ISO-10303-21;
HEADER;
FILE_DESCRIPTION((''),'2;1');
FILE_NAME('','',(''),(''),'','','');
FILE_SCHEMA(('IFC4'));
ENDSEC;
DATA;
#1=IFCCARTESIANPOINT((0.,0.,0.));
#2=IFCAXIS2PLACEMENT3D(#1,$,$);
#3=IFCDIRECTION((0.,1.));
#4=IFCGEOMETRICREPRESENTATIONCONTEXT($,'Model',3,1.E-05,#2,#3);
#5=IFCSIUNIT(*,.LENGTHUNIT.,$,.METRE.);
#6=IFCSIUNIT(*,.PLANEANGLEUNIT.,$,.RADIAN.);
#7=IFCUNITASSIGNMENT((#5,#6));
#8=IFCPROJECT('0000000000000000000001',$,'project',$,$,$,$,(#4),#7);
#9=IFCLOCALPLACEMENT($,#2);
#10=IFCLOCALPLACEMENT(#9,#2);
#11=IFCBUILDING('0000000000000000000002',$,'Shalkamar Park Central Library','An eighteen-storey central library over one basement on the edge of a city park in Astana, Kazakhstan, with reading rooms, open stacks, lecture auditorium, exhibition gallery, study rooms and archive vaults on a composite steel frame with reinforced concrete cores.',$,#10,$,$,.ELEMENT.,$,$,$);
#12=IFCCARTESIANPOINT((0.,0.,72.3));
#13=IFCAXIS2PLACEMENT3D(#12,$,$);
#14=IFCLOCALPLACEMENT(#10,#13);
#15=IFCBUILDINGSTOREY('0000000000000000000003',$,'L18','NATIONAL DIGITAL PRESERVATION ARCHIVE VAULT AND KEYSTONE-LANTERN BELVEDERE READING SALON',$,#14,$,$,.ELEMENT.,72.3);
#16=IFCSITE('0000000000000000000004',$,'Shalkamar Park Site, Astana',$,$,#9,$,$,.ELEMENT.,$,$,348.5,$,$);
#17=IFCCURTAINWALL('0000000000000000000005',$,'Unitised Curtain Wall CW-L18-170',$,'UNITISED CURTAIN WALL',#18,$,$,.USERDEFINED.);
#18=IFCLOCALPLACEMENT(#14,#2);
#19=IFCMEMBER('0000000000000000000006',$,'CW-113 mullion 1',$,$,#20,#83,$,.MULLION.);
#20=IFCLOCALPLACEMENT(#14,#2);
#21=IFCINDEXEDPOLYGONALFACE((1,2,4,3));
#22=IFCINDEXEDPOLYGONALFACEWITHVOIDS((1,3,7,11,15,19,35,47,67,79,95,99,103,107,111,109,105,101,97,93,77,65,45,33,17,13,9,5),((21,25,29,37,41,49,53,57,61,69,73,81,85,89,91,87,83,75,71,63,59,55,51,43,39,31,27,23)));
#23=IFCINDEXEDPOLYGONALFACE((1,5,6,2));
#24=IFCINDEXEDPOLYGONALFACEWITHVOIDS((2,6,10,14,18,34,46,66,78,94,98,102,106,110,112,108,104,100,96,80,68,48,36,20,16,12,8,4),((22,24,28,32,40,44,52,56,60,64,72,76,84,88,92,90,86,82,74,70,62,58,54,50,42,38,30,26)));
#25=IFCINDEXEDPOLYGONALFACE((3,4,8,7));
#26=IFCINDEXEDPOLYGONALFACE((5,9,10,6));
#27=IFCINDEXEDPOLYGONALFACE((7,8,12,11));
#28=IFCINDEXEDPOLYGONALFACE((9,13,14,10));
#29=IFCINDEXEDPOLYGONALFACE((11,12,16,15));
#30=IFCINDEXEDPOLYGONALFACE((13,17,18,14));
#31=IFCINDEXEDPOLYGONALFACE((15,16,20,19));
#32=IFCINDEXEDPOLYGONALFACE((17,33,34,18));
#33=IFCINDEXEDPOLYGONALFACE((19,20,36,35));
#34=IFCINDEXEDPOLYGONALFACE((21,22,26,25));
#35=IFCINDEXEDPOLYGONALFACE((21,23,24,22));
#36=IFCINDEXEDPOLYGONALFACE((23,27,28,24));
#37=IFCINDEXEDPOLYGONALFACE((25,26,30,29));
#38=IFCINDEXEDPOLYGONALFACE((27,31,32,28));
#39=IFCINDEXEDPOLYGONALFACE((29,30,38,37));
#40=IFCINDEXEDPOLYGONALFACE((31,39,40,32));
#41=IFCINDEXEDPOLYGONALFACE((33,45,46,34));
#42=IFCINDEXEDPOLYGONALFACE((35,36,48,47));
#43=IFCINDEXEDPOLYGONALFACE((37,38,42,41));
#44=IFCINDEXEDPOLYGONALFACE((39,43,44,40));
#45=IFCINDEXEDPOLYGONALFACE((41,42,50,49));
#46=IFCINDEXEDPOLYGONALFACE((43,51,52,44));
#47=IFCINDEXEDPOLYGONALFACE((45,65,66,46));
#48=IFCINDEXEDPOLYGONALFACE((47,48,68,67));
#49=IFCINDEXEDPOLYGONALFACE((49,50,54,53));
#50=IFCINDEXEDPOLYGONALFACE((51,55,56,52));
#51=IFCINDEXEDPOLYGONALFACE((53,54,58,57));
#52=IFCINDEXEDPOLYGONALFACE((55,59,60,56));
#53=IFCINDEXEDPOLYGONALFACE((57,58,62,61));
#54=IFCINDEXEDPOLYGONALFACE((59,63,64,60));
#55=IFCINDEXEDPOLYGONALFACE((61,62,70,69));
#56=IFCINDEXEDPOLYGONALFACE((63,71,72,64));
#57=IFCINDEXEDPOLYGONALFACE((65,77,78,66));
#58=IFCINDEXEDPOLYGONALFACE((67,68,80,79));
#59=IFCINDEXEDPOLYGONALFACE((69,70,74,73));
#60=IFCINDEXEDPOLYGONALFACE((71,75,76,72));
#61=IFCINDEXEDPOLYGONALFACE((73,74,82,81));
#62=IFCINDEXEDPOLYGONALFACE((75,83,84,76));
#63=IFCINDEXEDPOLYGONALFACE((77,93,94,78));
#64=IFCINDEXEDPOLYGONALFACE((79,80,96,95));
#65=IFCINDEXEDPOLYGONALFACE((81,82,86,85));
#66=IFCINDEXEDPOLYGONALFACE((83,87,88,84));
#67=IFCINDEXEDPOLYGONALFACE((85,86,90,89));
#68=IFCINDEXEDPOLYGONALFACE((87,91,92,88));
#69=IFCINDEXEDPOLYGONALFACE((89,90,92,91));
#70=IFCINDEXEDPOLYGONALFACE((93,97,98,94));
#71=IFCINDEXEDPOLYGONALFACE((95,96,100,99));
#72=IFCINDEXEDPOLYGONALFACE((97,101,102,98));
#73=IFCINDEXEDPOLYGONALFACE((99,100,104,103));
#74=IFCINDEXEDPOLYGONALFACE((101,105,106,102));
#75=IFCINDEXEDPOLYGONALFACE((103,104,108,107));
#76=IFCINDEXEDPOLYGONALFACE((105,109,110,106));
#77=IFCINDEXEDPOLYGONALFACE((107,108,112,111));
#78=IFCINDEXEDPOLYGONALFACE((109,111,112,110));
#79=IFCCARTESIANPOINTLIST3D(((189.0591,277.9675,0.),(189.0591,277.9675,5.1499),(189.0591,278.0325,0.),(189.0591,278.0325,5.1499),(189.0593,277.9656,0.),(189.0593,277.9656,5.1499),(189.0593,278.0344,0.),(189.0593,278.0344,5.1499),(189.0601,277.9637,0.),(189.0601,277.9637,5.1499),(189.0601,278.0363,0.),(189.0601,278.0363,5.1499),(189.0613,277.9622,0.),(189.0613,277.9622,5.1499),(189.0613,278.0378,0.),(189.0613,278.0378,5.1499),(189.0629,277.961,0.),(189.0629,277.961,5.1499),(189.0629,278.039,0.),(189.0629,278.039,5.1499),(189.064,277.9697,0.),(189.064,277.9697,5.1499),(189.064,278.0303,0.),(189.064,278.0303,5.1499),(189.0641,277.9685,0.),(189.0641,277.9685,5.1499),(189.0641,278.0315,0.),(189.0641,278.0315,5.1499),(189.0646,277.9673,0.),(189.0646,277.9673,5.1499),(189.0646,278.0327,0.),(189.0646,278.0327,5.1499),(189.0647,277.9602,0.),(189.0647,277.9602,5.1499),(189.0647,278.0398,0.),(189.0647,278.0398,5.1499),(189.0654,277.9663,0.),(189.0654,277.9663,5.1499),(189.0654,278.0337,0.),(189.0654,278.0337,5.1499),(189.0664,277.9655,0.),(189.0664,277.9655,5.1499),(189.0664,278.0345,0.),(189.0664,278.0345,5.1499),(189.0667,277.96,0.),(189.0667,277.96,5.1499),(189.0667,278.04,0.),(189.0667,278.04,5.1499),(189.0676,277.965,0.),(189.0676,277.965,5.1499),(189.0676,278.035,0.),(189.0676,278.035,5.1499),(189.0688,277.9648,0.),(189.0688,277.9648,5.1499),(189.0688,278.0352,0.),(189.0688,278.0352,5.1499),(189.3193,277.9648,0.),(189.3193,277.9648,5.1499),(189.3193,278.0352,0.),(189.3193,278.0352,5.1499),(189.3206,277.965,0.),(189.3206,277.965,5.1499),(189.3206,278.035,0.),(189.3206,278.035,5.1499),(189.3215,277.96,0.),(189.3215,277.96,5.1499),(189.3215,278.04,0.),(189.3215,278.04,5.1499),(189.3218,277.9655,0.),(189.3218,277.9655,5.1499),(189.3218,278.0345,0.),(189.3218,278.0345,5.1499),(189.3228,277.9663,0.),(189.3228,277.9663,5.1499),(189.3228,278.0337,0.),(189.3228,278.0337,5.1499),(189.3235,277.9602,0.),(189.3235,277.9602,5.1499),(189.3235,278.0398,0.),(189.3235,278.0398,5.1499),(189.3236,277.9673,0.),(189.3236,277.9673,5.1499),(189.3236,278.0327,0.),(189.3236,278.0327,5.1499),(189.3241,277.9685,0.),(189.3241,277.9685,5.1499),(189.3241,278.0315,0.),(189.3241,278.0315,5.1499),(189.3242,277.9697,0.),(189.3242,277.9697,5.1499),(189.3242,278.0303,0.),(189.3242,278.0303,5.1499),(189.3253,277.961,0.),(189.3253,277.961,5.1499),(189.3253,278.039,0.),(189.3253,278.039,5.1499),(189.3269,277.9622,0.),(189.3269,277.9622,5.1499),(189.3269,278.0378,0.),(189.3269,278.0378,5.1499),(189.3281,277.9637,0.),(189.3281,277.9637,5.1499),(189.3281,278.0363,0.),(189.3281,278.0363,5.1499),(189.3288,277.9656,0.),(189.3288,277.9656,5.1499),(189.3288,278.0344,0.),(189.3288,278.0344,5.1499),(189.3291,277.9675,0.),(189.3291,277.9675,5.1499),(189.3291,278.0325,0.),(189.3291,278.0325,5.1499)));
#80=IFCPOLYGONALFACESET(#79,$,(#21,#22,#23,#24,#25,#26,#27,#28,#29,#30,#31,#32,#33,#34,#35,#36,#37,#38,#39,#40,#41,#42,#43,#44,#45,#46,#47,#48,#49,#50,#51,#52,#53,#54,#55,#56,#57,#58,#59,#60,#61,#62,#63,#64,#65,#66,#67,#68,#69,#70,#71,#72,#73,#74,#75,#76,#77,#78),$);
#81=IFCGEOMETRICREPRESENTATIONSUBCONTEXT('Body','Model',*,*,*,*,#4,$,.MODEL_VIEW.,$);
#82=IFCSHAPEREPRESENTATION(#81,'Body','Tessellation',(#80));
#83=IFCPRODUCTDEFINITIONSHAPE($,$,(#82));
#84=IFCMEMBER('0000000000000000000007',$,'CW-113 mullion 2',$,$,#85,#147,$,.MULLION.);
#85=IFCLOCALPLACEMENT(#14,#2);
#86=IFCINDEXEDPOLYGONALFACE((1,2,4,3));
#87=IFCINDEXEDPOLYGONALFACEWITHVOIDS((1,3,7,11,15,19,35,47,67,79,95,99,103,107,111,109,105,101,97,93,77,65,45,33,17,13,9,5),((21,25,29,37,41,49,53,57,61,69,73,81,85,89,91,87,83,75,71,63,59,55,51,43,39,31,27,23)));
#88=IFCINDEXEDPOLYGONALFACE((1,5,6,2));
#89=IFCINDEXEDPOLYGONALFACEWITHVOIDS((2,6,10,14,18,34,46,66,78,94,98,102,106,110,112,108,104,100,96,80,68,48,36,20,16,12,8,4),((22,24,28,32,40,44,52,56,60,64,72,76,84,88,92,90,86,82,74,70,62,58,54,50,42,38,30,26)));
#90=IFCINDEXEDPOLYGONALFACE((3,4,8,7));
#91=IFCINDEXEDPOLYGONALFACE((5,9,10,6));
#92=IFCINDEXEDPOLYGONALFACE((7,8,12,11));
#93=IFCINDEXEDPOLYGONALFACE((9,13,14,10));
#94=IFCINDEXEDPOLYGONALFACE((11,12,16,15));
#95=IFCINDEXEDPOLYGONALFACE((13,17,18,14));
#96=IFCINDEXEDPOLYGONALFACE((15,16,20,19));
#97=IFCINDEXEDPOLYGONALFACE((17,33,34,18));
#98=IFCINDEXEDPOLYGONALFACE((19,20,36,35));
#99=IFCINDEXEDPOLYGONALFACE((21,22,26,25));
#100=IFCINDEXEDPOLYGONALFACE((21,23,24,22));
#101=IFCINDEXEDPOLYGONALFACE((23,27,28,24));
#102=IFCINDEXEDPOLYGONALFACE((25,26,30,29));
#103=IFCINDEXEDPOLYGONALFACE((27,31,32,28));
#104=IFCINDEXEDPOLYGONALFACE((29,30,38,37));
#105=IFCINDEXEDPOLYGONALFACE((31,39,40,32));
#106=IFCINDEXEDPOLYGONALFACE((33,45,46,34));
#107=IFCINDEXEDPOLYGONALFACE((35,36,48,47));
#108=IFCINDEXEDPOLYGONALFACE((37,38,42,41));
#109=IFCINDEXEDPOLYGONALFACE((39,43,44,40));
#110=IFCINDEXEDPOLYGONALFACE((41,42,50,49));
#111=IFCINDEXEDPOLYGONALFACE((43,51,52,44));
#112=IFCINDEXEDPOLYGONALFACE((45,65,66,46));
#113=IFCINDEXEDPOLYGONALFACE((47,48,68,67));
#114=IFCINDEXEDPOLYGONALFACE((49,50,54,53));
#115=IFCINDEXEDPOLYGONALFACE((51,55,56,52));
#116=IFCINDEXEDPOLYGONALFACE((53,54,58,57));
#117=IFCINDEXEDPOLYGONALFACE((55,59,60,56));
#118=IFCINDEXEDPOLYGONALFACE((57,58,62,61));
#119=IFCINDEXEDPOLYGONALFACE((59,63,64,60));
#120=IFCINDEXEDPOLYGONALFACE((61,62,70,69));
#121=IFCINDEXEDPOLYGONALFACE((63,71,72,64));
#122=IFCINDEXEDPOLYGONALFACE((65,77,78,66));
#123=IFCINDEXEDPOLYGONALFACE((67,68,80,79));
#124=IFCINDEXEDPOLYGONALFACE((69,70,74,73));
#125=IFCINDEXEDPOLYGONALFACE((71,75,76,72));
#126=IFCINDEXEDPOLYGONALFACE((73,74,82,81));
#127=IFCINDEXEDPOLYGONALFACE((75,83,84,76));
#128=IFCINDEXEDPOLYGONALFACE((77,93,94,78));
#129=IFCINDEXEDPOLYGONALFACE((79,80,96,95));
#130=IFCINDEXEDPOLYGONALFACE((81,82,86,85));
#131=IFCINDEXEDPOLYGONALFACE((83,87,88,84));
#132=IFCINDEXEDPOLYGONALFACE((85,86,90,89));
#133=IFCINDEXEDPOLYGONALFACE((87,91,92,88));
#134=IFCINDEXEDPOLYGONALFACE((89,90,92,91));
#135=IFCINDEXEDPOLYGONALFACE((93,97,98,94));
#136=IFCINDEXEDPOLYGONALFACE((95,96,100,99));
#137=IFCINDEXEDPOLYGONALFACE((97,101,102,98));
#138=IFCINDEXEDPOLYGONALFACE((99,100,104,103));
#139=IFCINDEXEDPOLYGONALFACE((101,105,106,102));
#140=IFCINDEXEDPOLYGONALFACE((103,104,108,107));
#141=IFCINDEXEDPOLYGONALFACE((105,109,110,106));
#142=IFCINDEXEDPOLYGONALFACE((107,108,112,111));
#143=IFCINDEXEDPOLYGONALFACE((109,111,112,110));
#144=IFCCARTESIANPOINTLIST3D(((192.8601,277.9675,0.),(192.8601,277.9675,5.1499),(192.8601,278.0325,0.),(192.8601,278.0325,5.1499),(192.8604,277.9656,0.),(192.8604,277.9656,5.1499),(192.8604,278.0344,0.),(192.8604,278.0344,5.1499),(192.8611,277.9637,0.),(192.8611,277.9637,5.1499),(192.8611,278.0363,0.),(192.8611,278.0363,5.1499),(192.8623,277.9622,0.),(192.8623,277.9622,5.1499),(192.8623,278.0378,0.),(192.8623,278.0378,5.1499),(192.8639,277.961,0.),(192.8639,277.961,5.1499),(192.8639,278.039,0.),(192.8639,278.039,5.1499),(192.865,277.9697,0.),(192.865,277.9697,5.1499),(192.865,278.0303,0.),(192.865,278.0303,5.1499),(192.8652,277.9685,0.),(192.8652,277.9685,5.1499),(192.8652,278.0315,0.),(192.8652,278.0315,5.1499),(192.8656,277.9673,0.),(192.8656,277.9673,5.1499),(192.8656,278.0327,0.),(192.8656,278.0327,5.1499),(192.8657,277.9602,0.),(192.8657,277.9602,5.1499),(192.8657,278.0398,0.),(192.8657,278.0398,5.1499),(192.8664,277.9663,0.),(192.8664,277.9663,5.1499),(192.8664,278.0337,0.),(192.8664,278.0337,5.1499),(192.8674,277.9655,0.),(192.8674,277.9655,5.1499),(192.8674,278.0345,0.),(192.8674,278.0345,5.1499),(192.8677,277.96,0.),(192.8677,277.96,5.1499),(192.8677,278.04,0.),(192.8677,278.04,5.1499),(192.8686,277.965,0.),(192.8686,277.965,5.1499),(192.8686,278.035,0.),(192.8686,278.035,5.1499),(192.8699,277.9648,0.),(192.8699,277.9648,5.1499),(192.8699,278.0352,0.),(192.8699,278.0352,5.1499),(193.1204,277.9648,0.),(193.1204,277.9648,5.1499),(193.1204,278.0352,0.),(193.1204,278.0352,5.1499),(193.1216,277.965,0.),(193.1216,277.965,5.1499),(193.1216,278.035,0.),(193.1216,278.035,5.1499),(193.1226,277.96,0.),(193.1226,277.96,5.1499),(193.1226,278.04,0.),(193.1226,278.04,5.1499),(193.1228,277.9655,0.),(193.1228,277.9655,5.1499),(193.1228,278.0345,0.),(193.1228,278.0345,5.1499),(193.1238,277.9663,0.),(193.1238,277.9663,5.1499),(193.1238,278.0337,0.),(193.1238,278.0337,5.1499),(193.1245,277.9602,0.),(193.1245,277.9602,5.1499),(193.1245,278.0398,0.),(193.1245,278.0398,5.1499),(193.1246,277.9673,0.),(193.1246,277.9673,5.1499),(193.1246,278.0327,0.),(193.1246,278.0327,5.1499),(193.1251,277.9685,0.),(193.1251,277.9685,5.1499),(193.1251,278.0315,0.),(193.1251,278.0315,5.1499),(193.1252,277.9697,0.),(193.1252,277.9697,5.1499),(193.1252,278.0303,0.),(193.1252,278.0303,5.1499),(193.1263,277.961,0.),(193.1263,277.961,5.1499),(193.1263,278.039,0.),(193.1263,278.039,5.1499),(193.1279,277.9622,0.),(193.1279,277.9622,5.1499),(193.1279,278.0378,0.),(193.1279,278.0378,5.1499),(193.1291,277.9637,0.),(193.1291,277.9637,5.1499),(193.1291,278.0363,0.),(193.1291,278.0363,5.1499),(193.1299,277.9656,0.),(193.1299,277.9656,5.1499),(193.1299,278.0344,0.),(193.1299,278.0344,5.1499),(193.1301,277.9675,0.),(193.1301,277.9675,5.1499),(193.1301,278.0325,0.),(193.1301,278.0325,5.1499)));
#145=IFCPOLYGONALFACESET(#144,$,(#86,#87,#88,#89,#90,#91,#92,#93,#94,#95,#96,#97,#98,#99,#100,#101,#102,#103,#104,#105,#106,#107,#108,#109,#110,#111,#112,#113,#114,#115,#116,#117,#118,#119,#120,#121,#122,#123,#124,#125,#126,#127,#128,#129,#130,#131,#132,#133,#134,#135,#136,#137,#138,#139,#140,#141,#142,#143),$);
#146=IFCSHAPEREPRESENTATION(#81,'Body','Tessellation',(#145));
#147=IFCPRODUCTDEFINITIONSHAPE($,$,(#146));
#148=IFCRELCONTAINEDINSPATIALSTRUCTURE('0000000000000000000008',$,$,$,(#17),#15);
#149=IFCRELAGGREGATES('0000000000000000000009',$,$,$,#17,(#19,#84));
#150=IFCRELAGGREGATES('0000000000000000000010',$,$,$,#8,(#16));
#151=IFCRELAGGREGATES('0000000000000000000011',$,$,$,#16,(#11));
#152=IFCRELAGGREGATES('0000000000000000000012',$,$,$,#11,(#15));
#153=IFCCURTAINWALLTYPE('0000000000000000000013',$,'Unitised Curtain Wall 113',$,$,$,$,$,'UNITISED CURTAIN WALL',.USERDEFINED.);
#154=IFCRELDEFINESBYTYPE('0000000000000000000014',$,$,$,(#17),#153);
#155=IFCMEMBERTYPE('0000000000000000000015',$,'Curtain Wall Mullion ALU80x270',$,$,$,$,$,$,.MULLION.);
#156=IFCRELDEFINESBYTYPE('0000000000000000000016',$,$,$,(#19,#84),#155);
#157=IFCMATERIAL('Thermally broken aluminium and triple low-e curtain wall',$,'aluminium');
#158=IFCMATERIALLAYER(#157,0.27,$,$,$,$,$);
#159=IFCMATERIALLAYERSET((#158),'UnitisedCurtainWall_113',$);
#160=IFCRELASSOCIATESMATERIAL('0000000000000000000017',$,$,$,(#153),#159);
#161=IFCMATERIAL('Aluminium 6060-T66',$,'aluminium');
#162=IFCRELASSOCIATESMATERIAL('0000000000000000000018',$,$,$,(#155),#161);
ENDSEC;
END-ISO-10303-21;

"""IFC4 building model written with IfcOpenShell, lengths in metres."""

from ifc_helpers import new_model, si_unit, direction, frame, origin, origin_2d, place, context, subcontext, project, spatial, hollow_rectangle, extrude, material, layer, layer_set, material_profile, profile_set, type_object, element, aggregate, save


model = new_model("IFC4")

# Units and contexts
model_context = context("Model", 3, precision=1e-05, world=origin(), true_north=direction((0.0, 1.0)))
body_context = subcontext(model_context, "Body", "Model", "MODEL_VIEW")
ifc_project = project(units=[si_unit("LENGTHUNIT", "METRE"), si_unit("PLANEANGLEUNIT", "RADIAN")], contexts=[model_context])

# Site, building, storey
site_placement = place(None, origin())
site = spatial("IfcSite", under=ifc_project, at=site_placement, Name="Shalkamar Park Site, Astana", CompositionType="ELEMENT", RefElevation=348.5)
building_placement = place(site_placement, origin())
building = spatial("IfcBuilding", under=site, at=building_placement, Name="Shalkamar Park Central Library", Description="An eighteen-storey central library over one basement on the edge of a city park in Astana, Kazakhstan, with reading rooms, open stacks, lecture auditorium, exhibition gallery, study rooms and archive vaults on a composite steel frame with reinforced concrete cores.", CompositionType="ELEMENT")
storey_placement = place(building_placement, frame((0.0, 0.0, 72.3)))
storey = spatial("IfcBuildingStorey", under=building, at=storey_placement, Name="L18", Description="NATIONAL DIGITAL PRESERVATION ARCHIVE VAULT AND KEYSTONE-LANTERN BELVEDERE READING SALON", CompositionType="ELEMENT", Elevation=72.3)

# Curtain wall, members
ifc_material_1 = material(Name="Thermally broken aluminium and triple low-e curtain wall", Category="aluminium")
ifc_layer_1 = layer(ifc_material_1, 0.27)
ifc_layer_set_1 = layer_set([ifc_layer_1], Name="UnitisedCurtainWall_113")
curtain_wall_type_1 = type_object("IfcCurtainWallType", Name="Unitised Curtain Wall 113", ElementType="UNITISED CURTAIN WALL", PredefinedType="USERDEFINED", material=ifc_layer_set_1)
curtain_wall_1_placement = place(storey_placement, origin())
curtain_wall_1 = element("IfcCurtainWall", 1, at=curtain_wall_1_placement, inside=storey, type_object=curtain_wall_type_1, Name="Unitised Curtain Wall CW-L18-170", ObjectType="UNITISED CURTAIN WALL", PredefinedType="USERDEFINED")
ifc_material_2 = material(Name="Aluminium 6060-T66", Category="aluminium")
ifc_material_profile_1 = material_profile(ifc_material_2, hollow_rectangle(XDim=0.0801, YDim=0.27, WallThickness=0.0049, InnerFilletRadius=0.0049, OuterFilletRadius=0.0076, at=origin_2d()), Name="ALU 80x270x5")
ifc_profile_set_1 = profile_set([ifc_material_profile_1], Name="Aluminium 6060-T66")
member_type_1 = type_object("IfcMemberType", Name="Curtain Wall Mullion ALU80x270", PredefinedType="MULLION", material=ifc_profile_set_1)
member_1_placement = place(storey_placement, frame((189.1941, 278.0, 0.0), z_axis=(0.0, 0.0, 1.0), x_axis=(0.0, 1.0, 0.0)))
member_1 = element("IfcMember", 2, at=member_1_placement, type_object=member_type_1, Name="CW-113 mullion 1", PredefinedType="MULLION", context=body_context, shape_type="SweptSolid", body=[
    extrude(hollow_rectangle(XDim=0.0801, YDim=0.27, WallThickness=0.0049, InnerFilletRadius=0.0049, OuterFilletRadius=0.0076, at=origin_2d()), origin(), (0.0, 0.0, 1.0), 5.1499),
])
member_2_placement = place(storey_placement, frame((192.9951, 278.0, 0.0), z_axis=(0.0, 0.0, 1.0), x_axis=(0.0, 1.0, 0.0)))
member_2 = element("IfcMember", 3, at=member_2_placement, type_object=member_type_1, Name="CW-113 mullion 2", PredefinedType="MULLION", context=body_context, shape_type="SweptSolid", body=[
    extrude(hollow_rectangle(XDim=0.0801, YDim=0.27, WallThickness=0.0049, InnerFilletRadius=0.0049, OuterFilletRadius=0.0076, at=origin_2d()), origin(), (0.0, 0.0, 1.0), 5.1499),
])

aggregate(curtain_wall_1, [member_1, member_2])

save(model, "model.ifc")
